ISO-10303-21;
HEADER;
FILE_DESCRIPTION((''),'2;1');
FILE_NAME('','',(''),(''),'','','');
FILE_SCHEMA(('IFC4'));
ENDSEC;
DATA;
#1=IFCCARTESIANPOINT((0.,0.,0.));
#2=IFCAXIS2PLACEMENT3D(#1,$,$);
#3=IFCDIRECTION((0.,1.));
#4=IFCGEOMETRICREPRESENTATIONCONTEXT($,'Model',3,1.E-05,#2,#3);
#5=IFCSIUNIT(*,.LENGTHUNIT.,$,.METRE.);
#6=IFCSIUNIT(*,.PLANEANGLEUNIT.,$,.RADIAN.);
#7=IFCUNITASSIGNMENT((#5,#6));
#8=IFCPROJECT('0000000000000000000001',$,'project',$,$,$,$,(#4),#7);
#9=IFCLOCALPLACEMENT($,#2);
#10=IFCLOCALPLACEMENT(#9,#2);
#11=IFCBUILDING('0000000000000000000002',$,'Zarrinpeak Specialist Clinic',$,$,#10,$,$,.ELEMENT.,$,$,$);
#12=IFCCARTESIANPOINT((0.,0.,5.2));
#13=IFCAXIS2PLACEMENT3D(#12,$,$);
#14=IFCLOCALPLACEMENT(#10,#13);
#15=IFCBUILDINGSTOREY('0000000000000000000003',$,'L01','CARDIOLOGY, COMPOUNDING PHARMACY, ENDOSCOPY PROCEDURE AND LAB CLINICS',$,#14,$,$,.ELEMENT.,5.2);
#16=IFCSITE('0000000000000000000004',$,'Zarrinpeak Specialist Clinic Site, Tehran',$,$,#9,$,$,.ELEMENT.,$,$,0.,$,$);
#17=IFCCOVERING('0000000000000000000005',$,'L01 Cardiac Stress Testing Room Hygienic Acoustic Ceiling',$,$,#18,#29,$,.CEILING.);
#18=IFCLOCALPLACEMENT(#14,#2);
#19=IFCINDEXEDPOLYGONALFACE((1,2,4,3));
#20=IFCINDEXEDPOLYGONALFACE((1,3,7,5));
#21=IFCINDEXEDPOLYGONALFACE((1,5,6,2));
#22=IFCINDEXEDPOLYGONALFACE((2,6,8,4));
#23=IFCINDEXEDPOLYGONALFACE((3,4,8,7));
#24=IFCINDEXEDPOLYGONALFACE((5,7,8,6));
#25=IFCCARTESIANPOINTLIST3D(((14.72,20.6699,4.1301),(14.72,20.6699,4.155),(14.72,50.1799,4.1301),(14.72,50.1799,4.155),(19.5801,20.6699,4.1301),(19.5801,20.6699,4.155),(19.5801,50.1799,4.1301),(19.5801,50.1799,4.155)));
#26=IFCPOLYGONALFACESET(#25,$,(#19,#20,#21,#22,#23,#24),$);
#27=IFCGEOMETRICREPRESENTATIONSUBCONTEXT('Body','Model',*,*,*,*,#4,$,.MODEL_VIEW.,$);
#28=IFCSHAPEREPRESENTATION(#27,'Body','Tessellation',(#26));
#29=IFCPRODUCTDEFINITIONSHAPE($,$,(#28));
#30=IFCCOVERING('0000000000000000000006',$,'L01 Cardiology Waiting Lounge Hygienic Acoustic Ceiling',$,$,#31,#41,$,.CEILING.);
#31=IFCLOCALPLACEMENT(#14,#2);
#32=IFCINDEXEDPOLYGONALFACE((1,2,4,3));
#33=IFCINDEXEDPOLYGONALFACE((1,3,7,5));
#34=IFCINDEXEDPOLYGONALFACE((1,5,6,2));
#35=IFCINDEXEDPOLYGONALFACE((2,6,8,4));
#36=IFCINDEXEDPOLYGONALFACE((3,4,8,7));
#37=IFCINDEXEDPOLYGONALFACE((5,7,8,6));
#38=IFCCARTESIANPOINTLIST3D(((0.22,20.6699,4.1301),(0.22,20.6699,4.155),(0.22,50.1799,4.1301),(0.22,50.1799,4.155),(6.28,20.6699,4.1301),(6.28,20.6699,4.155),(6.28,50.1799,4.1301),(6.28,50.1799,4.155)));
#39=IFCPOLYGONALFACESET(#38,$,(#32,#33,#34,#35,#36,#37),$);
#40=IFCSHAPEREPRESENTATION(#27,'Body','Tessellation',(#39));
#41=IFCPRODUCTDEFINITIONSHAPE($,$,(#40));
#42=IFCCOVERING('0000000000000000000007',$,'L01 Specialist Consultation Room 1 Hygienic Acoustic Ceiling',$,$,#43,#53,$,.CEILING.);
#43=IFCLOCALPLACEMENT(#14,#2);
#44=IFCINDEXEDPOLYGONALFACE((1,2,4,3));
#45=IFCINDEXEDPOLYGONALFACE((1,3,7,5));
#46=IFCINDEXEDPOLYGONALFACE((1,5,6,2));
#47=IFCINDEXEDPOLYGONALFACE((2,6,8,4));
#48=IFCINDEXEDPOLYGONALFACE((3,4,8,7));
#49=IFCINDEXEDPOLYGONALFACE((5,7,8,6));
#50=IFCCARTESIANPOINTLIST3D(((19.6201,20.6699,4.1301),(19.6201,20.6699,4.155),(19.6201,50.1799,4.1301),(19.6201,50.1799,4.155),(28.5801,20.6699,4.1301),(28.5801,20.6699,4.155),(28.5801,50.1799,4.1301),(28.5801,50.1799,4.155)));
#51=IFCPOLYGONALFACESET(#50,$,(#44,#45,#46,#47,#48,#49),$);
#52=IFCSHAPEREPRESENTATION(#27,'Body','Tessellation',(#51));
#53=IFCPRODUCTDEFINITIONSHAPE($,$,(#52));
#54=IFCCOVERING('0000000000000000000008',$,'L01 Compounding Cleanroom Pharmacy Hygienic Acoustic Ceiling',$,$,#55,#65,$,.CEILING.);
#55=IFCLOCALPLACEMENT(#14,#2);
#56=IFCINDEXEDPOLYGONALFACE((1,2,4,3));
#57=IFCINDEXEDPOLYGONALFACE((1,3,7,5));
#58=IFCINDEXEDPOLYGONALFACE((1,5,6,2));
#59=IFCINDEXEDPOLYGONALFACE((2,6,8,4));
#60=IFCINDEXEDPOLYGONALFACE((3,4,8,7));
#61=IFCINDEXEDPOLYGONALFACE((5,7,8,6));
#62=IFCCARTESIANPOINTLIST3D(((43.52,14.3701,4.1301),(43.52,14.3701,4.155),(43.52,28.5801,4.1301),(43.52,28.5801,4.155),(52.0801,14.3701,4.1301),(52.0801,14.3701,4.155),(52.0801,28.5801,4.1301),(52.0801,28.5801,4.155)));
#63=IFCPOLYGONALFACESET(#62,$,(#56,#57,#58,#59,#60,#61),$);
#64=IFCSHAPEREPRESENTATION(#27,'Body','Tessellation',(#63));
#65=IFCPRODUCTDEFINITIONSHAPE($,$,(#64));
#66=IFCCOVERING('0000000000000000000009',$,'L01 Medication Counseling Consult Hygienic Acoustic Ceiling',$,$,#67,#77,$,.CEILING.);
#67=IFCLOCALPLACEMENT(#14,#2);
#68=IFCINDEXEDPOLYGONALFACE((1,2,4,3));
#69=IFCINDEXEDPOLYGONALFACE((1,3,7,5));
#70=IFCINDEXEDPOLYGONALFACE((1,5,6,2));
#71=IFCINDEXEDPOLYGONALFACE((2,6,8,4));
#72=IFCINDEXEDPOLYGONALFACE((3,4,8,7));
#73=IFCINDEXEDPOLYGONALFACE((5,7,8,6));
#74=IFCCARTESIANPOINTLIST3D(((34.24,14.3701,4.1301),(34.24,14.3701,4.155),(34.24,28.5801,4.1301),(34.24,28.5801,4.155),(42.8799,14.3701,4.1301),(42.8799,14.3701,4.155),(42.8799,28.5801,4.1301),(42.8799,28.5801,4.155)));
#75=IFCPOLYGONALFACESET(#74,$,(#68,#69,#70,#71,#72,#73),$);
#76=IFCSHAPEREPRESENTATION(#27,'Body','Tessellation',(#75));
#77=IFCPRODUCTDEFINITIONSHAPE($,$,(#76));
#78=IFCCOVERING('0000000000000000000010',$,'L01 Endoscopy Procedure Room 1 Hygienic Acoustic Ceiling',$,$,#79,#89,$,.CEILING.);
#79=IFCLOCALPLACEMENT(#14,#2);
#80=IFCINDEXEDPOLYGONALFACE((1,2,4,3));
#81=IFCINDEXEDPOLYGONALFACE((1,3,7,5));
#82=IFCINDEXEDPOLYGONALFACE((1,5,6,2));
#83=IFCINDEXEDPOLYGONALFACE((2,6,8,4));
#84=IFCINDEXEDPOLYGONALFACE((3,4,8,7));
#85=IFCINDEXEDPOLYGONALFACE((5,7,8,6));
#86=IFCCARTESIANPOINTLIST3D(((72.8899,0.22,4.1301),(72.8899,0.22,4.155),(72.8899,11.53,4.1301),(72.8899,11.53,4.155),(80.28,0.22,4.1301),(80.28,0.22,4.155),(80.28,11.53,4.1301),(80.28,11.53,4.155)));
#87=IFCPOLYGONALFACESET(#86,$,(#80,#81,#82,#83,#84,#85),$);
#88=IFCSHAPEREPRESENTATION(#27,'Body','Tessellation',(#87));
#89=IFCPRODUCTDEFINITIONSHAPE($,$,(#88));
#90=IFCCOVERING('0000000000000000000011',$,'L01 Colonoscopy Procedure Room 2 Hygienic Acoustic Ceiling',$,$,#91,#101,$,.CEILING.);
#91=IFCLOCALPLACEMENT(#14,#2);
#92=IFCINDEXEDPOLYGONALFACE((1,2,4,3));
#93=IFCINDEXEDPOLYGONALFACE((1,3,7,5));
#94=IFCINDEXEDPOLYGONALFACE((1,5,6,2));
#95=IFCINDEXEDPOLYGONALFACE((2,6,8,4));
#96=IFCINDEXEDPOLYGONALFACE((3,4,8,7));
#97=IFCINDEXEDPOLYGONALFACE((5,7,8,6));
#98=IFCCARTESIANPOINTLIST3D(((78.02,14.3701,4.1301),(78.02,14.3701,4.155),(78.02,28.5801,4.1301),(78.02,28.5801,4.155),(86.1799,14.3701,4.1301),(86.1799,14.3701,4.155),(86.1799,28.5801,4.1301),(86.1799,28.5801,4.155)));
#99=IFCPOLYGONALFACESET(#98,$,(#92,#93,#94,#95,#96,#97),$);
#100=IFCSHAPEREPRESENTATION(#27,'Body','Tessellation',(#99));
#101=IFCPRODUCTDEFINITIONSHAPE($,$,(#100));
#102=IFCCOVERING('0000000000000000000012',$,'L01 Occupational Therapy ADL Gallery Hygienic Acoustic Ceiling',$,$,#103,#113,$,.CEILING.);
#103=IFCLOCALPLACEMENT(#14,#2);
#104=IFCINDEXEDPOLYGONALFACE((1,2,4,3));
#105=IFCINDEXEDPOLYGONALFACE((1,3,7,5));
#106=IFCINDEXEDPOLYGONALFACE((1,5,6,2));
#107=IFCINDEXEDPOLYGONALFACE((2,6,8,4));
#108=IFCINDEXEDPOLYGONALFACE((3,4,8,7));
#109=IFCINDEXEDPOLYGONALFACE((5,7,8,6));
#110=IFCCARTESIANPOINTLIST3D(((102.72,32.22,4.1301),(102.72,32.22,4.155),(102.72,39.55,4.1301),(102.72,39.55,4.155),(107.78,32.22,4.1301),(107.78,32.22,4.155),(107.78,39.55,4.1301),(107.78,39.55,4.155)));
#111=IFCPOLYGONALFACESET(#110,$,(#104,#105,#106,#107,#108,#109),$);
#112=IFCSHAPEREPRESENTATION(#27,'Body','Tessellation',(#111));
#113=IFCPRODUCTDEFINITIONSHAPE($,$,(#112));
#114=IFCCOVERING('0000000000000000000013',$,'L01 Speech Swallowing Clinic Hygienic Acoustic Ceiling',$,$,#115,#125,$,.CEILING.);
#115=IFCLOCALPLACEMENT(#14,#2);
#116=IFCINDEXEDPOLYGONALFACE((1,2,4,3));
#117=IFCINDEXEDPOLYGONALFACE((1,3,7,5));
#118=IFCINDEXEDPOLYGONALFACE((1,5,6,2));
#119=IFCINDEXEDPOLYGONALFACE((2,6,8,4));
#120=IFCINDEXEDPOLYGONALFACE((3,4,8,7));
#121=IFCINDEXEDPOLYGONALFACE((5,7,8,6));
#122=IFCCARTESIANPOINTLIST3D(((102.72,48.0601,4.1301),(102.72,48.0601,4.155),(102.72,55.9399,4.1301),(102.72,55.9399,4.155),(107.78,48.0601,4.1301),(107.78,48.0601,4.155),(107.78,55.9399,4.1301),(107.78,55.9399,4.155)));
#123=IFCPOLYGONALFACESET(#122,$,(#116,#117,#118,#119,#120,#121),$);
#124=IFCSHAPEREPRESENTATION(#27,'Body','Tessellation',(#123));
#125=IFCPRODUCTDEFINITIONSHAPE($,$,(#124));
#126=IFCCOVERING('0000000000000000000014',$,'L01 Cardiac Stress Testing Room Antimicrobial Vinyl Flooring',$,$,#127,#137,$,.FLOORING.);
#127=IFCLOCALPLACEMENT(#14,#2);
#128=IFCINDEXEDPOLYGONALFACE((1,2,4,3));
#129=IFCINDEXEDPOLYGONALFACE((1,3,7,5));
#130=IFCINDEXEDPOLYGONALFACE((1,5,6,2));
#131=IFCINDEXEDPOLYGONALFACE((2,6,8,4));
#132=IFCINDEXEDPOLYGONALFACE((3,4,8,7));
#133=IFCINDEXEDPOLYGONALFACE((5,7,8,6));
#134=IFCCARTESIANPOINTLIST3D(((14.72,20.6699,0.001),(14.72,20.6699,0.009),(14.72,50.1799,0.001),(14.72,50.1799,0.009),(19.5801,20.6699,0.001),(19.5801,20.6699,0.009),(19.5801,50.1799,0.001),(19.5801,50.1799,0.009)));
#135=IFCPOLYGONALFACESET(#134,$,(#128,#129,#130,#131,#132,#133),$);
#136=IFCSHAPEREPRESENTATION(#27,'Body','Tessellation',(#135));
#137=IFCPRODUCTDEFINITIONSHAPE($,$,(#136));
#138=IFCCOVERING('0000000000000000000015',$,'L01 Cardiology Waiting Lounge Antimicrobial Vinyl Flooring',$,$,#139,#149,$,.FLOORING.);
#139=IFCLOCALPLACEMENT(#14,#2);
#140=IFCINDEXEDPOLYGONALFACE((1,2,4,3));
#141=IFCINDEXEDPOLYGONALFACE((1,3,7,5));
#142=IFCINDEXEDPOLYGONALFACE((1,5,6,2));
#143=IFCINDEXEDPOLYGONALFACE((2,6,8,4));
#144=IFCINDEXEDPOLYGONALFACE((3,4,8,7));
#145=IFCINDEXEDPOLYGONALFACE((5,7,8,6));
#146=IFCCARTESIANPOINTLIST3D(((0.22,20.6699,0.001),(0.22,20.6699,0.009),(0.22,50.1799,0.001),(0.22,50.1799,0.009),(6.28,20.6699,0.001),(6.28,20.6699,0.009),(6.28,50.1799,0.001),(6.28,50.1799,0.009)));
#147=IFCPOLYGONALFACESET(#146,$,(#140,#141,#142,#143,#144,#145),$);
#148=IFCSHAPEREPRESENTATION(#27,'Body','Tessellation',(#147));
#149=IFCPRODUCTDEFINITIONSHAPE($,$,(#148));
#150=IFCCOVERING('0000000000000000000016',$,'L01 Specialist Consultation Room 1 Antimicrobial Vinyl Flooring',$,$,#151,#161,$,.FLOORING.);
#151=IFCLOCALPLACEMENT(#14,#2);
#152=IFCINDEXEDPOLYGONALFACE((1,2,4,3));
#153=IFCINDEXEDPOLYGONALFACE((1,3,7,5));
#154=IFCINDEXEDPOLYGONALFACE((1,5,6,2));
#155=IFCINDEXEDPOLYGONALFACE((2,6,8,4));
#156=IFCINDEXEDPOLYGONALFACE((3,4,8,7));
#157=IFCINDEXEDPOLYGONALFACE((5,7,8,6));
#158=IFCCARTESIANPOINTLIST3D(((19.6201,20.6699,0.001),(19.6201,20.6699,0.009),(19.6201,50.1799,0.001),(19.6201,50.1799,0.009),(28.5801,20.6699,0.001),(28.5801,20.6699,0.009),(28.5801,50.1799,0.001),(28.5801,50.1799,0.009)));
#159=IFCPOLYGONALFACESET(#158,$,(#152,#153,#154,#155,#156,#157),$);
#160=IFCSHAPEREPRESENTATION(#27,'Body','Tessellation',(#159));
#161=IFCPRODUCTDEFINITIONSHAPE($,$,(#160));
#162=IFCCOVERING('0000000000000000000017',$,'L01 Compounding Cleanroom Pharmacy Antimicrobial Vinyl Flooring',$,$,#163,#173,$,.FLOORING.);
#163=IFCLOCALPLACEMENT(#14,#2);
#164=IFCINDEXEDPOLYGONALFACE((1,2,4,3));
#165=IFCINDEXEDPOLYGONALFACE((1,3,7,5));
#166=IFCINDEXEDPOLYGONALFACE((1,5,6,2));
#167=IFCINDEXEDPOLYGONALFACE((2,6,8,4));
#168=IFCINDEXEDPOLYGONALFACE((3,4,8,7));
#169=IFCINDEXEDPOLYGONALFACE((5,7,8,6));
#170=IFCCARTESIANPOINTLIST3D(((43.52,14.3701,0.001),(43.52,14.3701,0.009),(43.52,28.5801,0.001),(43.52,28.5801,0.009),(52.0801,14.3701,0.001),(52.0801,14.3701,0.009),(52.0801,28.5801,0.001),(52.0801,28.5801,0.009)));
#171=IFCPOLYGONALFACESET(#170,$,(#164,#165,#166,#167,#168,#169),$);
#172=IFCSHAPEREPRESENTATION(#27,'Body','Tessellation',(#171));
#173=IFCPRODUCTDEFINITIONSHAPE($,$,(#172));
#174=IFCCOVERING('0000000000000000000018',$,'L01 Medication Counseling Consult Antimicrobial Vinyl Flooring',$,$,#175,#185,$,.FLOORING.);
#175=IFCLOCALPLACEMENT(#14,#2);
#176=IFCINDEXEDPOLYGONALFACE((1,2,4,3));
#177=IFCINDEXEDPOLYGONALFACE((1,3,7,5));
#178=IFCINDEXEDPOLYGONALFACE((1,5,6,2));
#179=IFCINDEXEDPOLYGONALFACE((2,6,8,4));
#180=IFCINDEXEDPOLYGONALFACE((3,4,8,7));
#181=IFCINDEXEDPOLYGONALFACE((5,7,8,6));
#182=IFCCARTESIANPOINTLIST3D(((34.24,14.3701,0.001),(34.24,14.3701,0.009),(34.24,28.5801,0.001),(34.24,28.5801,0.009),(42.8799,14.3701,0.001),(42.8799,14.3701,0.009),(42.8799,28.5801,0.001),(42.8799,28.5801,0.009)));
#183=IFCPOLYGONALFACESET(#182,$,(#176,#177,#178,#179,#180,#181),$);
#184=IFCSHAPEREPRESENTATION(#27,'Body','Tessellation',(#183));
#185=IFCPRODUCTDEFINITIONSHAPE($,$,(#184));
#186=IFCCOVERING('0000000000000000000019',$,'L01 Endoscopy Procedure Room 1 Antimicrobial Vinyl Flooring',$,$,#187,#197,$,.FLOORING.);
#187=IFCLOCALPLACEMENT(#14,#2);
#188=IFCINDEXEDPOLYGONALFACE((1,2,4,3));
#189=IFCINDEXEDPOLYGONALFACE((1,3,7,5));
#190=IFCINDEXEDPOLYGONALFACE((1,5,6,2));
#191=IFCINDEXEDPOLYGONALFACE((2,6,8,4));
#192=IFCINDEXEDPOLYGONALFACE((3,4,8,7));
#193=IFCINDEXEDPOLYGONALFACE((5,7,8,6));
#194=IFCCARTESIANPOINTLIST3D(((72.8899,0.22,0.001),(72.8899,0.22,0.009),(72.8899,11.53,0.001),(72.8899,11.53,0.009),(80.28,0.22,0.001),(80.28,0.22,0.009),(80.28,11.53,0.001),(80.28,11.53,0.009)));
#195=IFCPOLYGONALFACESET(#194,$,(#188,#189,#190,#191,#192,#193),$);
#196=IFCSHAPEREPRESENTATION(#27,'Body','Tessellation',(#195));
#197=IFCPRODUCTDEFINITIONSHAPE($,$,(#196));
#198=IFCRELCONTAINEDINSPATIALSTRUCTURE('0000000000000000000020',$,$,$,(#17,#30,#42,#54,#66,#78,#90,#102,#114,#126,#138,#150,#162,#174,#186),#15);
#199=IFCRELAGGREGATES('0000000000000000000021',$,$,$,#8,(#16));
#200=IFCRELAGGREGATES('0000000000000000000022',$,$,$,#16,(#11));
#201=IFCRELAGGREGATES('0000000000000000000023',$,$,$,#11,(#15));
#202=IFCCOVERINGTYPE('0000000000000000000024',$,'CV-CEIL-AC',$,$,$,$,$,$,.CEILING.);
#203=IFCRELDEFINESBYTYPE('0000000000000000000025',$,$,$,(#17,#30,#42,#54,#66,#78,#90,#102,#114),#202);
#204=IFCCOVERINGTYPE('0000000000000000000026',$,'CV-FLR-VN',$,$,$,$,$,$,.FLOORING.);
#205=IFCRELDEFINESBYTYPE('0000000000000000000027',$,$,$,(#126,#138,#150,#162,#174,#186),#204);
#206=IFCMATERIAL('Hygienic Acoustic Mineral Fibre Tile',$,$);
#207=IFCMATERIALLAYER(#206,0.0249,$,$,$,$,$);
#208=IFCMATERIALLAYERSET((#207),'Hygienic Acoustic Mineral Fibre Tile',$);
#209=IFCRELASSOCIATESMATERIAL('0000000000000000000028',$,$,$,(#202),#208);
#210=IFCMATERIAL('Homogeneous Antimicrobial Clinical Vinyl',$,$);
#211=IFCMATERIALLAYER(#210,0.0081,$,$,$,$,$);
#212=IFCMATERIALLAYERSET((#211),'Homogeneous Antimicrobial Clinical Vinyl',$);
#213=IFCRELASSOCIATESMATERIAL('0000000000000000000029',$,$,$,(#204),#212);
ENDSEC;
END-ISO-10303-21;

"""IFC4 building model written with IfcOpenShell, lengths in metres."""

from ifc_helpers import new_model, si_unit, direction, frame, origin, place, context, subcontext, project, spatial, polyline, outline, extrude, material, layer, layer_set, type_object, element, save


model = new_model("IFC4")

# Units and contexts
model_context = context("Model", 3, precision=1e-05, world=origin(), true_north=direction((0.0, 1.0)))
body_context = subcontext(model_context, "Body", "Model", "MODEL_VIEW")
ifc_project = project(units=[si_unit("LENGTHUNIT", "METRE"), si_unit("PLANEANGLEUNIT", "RADIAN")], contexts=[model_context])

# Site, building, storey
site_placement = place(None, origin())
site = spatial("IfcSite", under=ifc_project, at=site_placement, Name="Zarrinpeak Specialist Clinic Site, Tehran", CompositionType="ELEMENT", RefElevation=0.0)
building_placement = place(site_placement, origin())
building = spatial("IfcBuilding", under=site, at=building_placement, Name="Zarrinpeak Specialist Clinic", CompositionType="ELEMENT")
storey_placement = place(building_placement, frame((0.0, 0.0, 5.2)))
storey = spatial("IfcBuildingStorey", under=building, at=storey_placement, Name="L01", Description="CARDIOLOGY, COMPOUNDING PHARMACY, ENDOSCOPY PROCEDURE AND LAB CLINICS", CompositionType="ELEMENT", Elevation=5.2)

# Coverings
ifc_material_1 = material(Name="Hygienic Acoustic Mineral Fibre Tile")
ifc_layer_1 = layer(ifc_material_1, 0.0249)
ifc_layer_set_1 = layer_set([ifc_layer_1], Name="Hygienic Acoustic Mineral Fibre Tile")
covering_type_1 = type_object("IfcCoveringType", Name="CV-CEIL-AC", PredefinedType="CEILING", material=ifc_layer_set_1)
covering_1_placement = place(storey_placement, frame((0.0, 0.0, 4.1301)))
element("IfcCovering", 1, at=covering_1_placement, inside=storey, type_object=covering_type_1, Name="L01 Cardiac Stress Testing Room Hygienic Acoustic Ceiling", PredefinedType="CEILING", context=body_context, shape_type="SweptSolid", body=[
    extrude(outline(polyline([(14.72, 20.6699), (19.5801, 20.6699), (19.5801, 50.1799), (14.72, 50.1799), (14.72, 20.6699)])), origin(), (0.0, 0.0, 1.0), 0.0249),
])
covering_2_placement = place(storey_placement, frame((0.0, 0.0, 4.1301)))
element("IfcCovering", 2, at=covering_2_placement, inside=storey, type_object=covering_type_1, Name="L01 Cardiology Waiting Lounge Hygienic Acoustic Ceiling", PredefinedType="CEILING", context=body_context, shape_type="SweptSolid", body=[
    extrude(outline(polyline([(0.22, 20.6699), (6.28, 20.6699), (6.28, 50.1799), (0.22, 50.1799), (0.22, 20.6699)])), origin(), (0.0, 0.0, 1.0), 0.0249),
])
covering_3_placement = place(storey_placement, frame((0.0, 0.0, 4.1301)))
element("IfcCovering", 3, at=covering_3_placement, inside=storey, type_object=covering_type_1, Name="L01 Specialist Consultation Room 1 Hygienic Acoustic Ceiling", PredefinedType="CEILING", context=body_context, shape_type="SweptSolid", body=[
    extrude(outline(polyline([(19.6201, 20.6699), (28.5801, 20.6699), (28.5801, 50.1799), (19.6201, 50.1799), (19.6201, 20.6699)])), origin(), (0.0, 0.0, 1.0), 0.0249),
])
covering_4_placement = place(storey_placement, frame((0.0, 0.0, 4.1301)))
element("IfcCovering", 4, at=covering_4_placement, inside=storey, type_object=covering_type_1, Name="L01 Compounding Cleanroom Pharmacy Hygienic Acoustic Ceiling", PredefinedType="CEILING", context=body_context, shape_type="SweptSolid", body=[
    extrude(outline(polyline([(43.52, 14.3701), (52.0801, 14.3701), (52.0801, 28.5801), (43.52, 28.5801), (43.52, 14.3701)])), origin(), (0.0, 0.0, 1.0), 0.0249),
])
covering_5_placement = place(storey_placement, frame((0.0, 0.0, 4.1301)))
element("IfcCovering", 5, at=covering_5_placement, inside=storey, type_object=covering_type_1, Name="L01 Medication Counseling Consult Hygienic Acoustic Ceiling", PredefinedType="CEILING", context=body_context, shape_type="SweptSolid", body=[
    extrude(outline(polyline([(34.24, 14.3701), (42.8799, 14.3701), (42.8799, 28.5801), (34.24, 28.5801), (34.24, 14.3701)])), origin(), (0.0, 0.0, 1.0), 0.0249),
])
covering_6_placement = place(storey_placement, frame((0.0, 0.0, 4.1301)))
element("IfcCovering", 6, at=covering_6_placement, inside=storey, type_object=covering_type_1, Name="L01 Endoscopy Procedure Room 1 Hygienic Acoustic Ceiling", PredefinedType="CEILING", context=body_context, shape_type="SweptSolid", body=[
    extrude(outline(polyline([(72.8899, 0.22), (80.28, 0.22), (80.28, 11.53), (72.8899, 11.53), (72.8899, 0.22)])), origin(), (0.0, 0.0, 1.0), 0.0249),
])
covering_7_placement = place(storey_placement, frame((0.0, 0.0, 4.1301)))
element("IfcCovering", 7, at=covering_7_placement, inside=storey, type_object=covering_type_1, Name="L01 Colonoscopy Procedure Room 2 Hygienic Acoustic Ceiling", PredefinedType="CEILING", context=body_context, shape_type="SweptSolid", body=[
    extrude(outline(polyline([(78.02, 14.3701), (86.1799, 14.3701), (86.1799, 28.5801), (78.02, 28.5801), (78.02, 14.3701)])), origin(), (0.0, 0.0, 1.0), 0.0249),
])
covering_8_placement = place(storey_placement, frame((0.0, 0.0, 4.1301)))
element("IfcCovering", 8, at=covering_8_placement, inside=storey, type_object=covering_type_1, Name="L01 Occupational Therapy ADL Gallery Hygienic Acoustic Ceiling", PredefinedType="CEILING", context=body_context, shape_type="SweptSolid", body=[
    extrude(outline(polyline([(102.72, 32.22), (107.78, 32.22), (107.78, 39.55), (102.72, 39.55), (102.72, 32.22)])), origin(), (0.0, 0.0, 1.0), 0.0249),
])
covering_9_placement = place(storey_placement, frame((0.0, 0.0, 4.1301)))
element("IfcCovering", 9, at=covering_9_placement, inside=storey, type_object=covering_type_1, Name="L01 Speech Swallowing Clinic Hygienic Acoustic Ceiling", PredefinedType="CEILING", context=body_context, shape_type="SweptSolid", body=[
    extrude(outline(polyline([(102.72, 48.0601), (107.78, 48.0601), (107.78, 55.9399), (102.72, 55.9399), (102.72, 48.0601)])), origin(), (0.0, 0.0, 1.0), 0.0249),
])
ifc_material_2 = material(Name="Homogeneous Antimicrobial Clinical Vinyl")
ifc_layer_2 = layer(ifc_material_2, 0.0081)
ifc_layer_set_2 = layer_set([ifc_layer_2], Name="Homogeneous Antimicrobial Clinical Vinyl")
covering_type_2 = type_object("IfcCoveringType", Name="CV-FLR-VN", PredefinedType="FLOORING", material=ifc_layer_set_2)
covering_10_placement = place(storey_placement, frame((0.0, 0.0, 0.001)))
element("IfcCovering", 10, at=covering_10_placement, inside=storey, type_object=covering_type_2, Name="L01 Cardiac Stress Testing Room Antimicrobial Vinyl Flooring", PredefinedType="FLOORING", context=body_context, shape_type="SweptSolid", body=[
    extrude(outline(polyline([(14.72, 20.6699), (19.5801, 20.6699), (19.5801, 50.1799), (14.72, 50.1799), (14.72, 20.6699)])), origin(), (0.0, 0.0, 1.0), 0.0081),
])
covering_11_placement = place(storey_placement, frame((0.0, 0.0, 0.001)))
element("IfcCovering", 11, at=covering_11_placement, inside=storey, type_object=covering_type_2, Name="L01 Cardiology Waiting Lounge Antimicrobial Vinyl Flooring", PredefinedType="FLOORING", context=body_context, shape_type="SweptSolid", body=[
    extrude(outline(polyline([(0.22, 20.6699), (6.28, 20.6699), (6.28, 50.1799), (0.22, 50.1799), (0.22, 20.6699)])), origin(), (0.0, 0.0, 1.0), 0.0081),
])
covering_12_placement = place(storey_placement, frame((0.0, 0.0, 0.001)))
element("IfcCovering", 12, at=covering_12_placement, inside=storey, type_object=covering_type_2, Name="L01 Specialist Consultation Room 1 Antimicrobial Vinyl Flooring", PredefinedType="FLOORING", context=body_context, shape_type="SweptSolid", body=[
    extrude(outline(polyline([(19.6201, 20.6699), (28.5801, 20.6699), (28.5801, 50.1799), (19.6201, 50.1799), (19.6201, 20.6699)])), origin(), (0.0, 0.0, 1.0), 0.0081),
])
covering_13_placement = place(storey_placement, frame((0.0, 0.0, 0.001)))
element("IfcCovering", 13, at=covering_13_placement, inside=storey, type_object=covering_type_2, Name="L01 Compounding Cleanroom Pharmacy Antimicrobial Vinyl Flooring", PredefinedType="FLOORING", context=body_context, shape_type="SweptSolid", body=[
    extrude(outline(polyline([(43.52, 14.3701), (52.0801, 14.3701), (52.0801, 28.5801), (43.52, 28.5801), (43.52, 14.3701)])), origin(), (0.0, 0.0, 1.0), 0.0081),
])
covering_14_placement = place(storey_placement, frame((0.0, 0.0, 0.001)))
element("IfcCovering", 14, at=covering_14_placement, inside=storey, type_object=covering_type_2, Name="L01 Medication Counseling Consult Antimicrobial Vinyl Flooring", PredefinedType="FLOORING", context=body_context, shape_type="SweptSolid", body=[
    extrude(outline(polyline([(34.24, 14.3701), (42.8799, 14.3701), (42.8799, 28.5801), (34.24, 28.5801), (34.24, 14.3701)])), origin(), (0.0, 0.0, 1.0), 0.0081),
])
covering_15_placement = place(storey_placement, frame((0.0, 0.0, 0.001)))
element("IfcCovering", 15, at=covering_15_placement, inside=storey, type_object=covering_type_2, Name="L01 Endoscopy Procedure Room 1 Antimicrobial Vinyl Flooring", PredefinedType="FLOORING", context=body_context, shape_type="SweptSolid", body=[
    extrude(outline(polyline([(72.8899, 0.22), (80.28, 0.22), (80.28, 11.53), (72.8899, 11.53), (72.8899, 0.22)])), origin(), (0.0, 0.0, 1.0), 0.0081),
])

save(model, "model.ifc")
